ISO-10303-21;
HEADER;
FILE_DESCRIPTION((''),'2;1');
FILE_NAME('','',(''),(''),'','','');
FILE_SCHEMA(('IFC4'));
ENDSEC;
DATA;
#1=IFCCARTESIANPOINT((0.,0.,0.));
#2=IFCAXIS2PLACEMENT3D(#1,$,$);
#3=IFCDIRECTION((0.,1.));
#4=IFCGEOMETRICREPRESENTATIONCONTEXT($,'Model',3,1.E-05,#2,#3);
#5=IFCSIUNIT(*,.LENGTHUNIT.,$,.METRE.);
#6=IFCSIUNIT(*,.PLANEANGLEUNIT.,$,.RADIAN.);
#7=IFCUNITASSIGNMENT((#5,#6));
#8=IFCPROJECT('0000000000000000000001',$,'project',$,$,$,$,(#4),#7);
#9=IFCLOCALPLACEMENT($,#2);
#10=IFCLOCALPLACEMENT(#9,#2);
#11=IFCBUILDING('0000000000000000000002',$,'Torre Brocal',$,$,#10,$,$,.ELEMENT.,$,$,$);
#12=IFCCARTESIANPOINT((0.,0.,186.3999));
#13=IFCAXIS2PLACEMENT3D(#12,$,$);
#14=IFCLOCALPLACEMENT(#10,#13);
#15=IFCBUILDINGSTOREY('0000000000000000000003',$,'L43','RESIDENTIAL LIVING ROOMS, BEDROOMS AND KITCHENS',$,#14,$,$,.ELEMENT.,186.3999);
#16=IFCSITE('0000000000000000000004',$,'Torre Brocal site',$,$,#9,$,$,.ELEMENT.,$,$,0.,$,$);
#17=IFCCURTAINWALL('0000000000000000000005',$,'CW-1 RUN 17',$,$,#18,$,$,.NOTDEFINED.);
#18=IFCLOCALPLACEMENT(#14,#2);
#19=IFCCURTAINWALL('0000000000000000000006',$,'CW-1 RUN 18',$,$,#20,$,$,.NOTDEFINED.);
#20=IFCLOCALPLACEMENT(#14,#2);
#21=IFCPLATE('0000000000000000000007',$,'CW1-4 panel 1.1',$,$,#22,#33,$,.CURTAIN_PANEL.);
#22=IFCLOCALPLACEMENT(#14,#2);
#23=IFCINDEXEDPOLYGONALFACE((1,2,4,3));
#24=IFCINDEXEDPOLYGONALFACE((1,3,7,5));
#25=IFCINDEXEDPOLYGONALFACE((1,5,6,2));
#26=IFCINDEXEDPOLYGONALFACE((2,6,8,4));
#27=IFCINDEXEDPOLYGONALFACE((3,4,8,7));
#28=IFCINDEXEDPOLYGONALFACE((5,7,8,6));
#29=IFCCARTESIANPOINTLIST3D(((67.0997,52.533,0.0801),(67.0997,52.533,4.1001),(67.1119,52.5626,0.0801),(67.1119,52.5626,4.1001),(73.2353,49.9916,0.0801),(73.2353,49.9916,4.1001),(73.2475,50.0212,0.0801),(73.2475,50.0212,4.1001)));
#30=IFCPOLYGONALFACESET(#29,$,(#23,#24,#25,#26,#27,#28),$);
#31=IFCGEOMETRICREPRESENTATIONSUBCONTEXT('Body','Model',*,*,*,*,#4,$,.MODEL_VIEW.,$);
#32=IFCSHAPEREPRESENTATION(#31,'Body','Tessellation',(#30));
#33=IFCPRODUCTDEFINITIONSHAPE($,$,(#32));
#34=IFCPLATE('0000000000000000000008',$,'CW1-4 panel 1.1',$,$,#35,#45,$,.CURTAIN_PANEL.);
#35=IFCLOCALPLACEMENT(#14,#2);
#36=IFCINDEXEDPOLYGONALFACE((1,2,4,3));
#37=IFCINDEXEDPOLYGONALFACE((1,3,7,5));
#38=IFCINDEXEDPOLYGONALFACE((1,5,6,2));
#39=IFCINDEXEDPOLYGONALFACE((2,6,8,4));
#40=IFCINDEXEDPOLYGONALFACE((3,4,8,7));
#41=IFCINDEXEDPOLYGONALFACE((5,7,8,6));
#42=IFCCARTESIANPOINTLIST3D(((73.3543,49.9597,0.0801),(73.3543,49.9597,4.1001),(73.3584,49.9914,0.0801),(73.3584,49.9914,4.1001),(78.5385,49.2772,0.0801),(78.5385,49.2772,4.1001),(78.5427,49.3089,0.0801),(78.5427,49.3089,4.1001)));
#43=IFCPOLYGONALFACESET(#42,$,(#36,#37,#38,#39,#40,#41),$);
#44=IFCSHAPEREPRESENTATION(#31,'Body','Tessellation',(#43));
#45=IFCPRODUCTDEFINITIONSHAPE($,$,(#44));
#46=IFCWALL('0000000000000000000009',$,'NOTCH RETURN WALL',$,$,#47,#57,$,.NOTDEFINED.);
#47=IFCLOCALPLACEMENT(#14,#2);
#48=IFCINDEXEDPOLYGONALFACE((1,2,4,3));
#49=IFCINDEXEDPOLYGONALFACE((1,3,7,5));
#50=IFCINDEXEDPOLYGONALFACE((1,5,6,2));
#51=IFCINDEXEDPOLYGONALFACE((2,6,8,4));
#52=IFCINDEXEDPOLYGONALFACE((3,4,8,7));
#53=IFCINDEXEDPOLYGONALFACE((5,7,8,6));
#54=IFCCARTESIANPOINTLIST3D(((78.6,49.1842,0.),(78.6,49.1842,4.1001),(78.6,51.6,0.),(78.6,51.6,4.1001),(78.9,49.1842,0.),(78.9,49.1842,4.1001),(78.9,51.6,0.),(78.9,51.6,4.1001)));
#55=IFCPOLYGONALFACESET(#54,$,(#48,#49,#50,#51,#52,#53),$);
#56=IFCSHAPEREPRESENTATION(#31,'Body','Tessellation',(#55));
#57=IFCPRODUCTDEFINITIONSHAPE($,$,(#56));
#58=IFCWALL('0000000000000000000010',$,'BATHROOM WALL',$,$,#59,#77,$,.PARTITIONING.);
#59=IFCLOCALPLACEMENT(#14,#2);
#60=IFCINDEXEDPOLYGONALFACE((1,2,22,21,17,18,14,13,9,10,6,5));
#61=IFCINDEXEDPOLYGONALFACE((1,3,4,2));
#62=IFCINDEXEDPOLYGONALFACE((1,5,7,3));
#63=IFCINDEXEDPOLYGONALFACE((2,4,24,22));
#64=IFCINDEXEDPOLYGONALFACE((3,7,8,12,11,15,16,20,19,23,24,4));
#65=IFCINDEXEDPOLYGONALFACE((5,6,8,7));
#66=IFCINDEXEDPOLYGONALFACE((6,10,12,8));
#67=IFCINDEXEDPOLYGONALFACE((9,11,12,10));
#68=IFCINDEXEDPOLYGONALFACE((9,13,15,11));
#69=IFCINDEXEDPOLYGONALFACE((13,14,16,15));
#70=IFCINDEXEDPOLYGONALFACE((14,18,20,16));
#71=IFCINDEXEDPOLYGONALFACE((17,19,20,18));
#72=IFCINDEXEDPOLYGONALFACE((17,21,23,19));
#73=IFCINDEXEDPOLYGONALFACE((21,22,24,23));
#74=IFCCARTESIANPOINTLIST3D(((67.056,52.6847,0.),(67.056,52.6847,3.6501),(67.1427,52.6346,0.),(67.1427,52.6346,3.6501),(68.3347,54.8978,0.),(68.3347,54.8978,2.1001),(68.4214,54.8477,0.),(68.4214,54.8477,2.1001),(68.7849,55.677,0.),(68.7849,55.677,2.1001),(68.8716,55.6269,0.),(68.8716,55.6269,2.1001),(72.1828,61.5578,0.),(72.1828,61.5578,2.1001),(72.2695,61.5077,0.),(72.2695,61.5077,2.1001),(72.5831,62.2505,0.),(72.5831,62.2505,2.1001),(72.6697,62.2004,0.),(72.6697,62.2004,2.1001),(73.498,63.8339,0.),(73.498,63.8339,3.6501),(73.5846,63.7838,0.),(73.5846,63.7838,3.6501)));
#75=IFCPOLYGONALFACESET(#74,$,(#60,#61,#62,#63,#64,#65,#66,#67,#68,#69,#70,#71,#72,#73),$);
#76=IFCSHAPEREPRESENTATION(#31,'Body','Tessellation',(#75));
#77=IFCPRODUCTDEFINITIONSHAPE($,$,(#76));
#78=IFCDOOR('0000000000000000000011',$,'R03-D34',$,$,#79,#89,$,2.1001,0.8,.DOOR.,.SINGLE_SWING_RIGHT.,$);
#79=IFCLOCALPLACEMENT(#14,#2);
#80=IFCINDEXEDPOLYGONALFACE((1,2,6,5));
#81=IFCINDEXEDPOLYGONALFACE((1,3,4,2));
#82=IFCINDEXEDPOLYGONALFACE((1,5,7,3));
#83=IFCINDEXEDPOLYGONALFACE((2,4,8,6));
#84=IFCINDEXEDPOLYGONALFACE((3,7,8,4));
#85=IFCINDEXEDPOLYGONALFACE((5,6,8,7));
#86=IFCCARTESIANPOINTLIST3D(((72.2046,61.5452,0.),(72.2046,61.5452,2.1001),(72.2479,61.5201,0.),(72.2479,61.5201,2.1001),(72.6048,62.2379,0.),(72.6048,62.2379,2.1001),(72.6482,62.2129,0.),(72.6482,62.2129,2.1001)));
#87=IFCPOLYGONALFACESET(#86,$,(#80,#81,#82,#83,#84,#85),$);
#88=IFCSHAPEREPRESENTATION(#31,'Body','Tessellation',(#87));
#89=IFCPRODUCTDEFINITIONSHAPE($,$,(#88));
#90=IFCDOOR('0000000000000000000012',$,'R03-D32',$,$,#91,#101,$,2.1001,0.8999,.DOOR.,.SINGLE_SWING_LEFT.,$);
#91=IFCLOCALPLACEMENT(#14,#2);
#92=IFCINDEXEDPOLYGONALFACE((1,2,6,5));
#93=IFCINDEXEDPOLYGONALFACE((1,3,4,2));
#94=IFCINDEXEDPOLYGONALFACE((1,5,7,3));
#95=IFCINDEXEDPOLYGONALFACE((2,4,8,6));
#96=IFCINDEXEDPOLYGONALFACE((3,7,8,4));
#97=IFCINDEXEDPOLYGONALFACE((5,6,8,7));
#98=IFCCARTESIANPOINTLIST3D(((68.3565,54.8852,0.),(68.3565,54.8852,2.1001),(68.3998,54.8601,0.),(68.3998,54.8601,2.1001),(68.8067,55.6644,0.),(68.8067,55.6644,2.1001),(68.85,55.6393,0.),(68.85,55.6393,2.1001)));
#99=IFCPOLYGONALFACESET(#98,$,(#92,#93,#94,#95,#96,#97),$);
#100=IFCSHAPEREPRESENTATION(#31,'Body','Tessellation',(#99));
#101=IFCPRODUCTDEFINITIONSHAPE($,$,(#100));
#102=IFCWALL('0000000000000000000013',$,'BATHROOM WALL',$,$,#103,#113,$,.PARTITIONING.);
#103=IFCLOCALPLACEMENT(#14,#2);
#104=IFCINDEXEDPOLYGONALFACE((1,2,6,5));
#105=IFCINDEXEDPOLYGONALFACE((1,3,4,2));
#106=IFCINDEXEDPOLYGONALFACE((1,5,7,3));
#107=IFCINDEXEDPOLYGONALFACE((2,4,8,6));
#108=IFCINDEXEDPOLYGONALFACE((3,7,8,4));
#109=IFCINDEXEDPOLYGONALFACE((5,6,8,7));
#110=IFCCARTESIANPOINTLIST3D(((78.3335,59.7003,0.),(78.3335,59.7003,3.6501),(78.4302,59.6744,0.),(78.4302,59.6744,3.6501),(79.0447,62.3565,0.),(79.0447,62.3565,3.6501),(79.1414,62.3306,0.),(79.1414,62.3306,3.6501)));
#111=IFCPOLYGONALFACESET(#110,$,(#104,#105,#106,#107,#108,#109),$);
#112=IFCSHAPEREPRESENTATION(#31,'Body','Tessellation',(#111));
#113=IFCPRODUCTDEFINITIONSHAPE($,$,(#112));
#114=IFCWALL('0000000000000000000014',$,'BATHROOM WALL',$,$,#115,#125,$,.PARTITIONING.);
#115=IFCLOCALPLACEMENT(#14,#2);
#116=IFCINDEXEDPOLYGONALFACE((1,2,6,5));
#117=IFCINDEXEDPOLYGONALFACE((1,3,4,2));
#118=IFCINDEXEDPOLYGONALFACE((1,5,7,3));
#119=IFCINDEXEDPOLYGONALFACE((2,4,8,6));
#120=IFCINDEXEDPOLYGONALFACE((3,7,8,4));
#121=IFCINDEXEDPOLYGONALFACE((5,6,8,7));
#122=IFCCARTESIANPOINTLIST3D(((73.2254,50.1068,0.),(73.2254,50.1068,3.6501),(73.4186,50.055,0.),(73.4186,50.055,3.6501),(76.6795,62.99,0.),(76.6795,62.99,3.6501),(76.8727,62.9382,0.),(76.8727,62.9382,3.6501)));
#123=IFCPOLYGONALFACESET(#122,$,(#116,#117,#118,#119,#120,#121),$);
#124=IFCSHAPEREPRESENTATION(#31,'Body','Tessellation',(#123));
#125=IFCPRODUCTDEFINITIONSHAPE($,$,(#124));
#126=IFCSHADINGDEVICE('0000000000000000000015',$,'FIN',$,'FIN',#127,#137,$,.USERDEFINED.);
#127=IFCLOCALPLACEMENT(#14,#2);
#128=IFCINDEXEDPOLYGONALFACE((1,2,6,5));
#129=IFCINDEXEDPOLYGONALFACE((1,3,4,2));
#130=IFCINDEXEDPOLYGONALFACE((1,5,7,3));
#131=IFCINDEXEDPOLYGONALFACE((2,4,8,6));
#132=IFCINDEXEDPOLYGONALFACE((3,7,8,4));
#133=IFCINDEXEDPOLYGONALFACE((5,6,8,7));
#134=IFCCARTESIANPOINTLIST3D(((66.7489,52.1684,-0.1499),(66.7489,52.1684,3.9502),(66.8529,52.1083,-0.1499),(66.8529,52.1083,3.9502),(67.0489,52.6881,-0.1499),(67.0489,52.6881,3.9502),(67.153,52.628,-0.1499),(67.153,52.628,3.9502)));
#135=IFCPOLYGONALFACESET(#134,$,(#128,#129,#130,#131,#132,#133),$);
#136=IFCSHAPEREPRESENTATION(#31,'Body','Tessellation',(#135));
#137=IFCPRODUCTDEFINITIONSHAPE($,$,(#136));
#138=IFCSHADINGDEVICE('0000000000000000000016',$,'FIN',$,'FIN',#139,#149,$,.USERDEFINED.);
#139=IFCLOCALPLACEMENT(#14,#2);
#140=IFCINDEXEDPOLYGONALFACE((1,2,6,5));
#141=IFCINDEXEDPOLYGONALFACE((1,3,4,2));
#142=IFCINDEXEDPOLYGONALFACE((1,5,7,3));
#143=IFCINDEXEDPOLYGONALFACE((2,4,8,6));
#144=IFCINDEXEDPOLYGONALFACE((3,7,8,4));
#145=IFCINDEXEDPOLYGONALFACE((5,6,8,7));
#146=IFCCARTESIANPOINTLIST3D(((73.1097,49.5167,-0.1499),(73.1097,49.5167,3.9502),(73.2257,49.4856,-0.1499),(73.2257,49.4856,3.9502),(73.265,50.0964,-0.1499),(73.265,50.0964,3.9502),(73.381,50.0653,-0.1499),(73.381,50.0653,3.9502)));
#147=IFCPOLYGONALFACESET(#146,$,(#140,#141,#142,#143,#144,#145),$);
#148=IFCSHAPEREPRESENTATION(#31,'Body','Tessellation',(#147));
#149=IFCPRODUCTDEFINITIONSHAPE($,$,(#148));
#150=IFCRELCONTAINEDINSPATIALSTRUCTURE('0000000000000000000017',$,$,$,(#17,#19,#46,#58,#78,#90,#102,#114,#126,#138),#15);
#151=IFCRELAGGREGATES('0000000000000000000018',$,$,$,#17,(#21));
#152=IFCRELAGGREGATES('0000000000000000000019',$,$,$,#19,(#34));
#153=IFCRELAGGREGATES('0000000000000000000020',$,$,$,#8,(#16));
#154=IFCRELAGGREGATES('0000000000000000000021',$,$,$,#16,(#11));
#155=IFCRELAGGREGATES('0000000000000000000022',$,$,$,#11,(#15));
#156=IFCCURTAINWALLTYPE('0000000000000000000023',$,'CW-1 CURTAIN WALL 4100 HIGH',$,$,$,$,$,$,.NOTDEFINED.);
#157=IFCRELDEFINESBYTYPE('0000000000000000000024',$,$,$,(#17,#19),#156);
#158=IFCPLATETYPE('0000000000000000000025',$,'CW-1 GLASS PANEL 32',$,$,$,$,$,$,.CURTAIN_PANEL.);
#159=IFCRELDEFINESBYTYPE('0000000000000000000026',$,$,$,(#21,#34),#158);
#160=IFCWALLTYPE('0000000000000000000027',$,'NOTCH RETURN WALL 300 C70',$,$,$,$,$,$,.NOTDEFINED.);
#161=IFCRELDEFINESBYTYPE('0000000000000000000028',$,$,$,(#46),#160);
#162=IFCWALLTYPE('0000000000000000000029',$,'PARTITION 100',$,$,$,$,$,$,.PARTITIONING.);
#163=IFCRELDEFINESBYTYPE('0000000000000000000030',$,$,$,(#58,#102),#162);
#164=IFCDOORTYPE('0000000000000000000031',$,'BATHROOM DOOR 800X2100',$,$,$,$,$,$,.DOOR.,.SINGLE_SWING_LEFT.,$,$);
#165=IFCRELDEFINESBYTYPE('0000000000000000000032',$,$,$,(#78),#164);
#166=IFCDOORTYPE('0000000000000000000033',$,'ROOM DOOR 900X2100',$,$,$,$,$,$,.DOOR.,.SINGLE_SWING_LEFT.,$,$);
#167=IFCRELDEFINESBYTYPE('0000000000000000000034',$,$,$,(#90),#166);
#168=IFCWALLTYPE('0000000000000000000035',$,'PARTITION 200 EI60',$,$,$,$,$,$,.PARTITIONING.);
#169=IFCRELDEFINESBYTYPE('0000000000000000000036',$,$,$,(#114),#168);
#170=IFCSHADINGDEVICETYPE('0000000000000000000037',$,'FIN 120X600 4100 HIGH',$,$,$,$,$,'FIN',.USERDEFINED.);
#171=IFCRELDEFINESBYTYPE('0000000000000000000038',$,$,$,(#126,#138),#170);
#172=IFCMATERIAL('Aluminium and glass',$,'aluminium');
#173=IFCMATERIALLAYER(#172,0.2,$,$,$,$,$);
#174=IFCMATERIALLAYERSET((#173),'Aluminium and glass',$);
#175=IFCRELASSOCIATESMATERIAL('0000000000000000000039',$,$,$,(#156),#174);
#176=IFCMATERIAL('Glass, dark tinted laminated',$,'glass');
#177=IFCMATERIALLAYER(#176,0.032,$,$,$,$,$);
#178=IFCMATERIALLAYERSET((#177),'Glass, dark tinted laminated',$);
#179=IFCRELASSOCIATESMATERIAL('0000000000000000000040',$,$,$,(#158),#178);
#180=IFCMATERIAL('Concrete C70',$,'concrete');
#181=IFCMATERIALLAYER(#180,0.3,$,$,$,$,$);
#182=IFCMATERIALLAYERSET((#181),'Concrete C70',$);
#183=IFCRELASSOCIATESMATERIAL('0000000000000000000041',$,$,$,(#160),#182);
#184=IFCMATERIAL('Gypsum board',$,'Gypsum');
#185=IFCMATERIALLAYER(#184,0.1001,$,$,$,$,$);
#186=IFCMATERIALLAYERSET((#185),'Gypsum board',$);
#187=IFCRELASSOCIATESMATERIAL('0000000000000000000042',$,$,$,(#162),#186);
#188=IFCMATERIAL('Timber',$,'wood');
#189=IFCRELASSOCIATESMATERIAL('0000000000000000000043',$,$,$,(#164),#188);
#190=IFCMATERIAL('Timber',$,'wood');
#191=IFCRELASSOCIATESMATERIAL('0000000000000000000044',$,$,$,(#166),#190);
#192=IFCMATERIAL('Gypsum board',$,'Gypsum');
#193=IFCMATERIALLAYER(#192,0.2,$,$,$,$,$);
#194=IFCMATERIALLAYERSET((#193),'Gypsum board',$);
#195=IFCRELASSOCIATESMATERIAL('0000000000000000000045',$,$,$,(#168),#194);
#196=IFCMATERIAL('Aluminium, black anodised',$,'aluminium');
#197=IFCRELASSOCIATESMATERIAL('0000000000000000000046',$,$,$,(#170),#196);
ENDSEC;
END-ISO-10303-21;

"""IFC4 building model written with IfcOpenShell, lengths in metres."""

from ifc_helpers import new_model, si_unit, direction, frame, frame_2d, origin, origin_2d, place, context, subcontext, project, spatial, rectangle, extrude, material, layer, layer_set, material_profile, profile_set, type_object, element, fill, aggregate, save


model = new_model("IFC4")

# Units and contexts
model_context = context("Model", 3, precision=1e-05, world=origin(), true_north=direction((0.0, 1.0)))
body_context = subcontext(model_context, "Body", "Model", "MODEL_VIEW")
ifc_project = project(units=[si_unit("LENGTHUNIT", "METRE"), si_unit("PLANEANGLEUNIT", "RADIAN")], contexts=[model_context])

# Site, building, storey
site_placement = place(None, origin())
site = spatial("IfcSite", under=ifc_project, at=site_placement, Name="Torre Brocal site", CompositionType="ELEMENT", RefElevation=0.0)
building_placement = place(site_placement, origin())
building = spatial("IfcBuilding", under=site, at=building_placement, Name="Torre Brocal", CompositionType="ELEMENT")
storey_placement = place(building_placement, frame((0.0, 0.0, 186.3999)))
storey = spatial("IfcBuildingStorey", under=building, at=storey_placement, Name="L43", Description="RESIDENTIAL LIVING ROOMS, BEDROOMS AND KITCHENS", CompositionType="ELEMENT", Elevation=186.3999)

# Shared definitions
ifc_material_1 = material(Name="Aluminium and glass", Category="aluminium")
ifc_layer_1 = layer(ifc_material_1, 0.2)
ifc_layer_set_1 = layer_set([ifc_layer_1], Name="Aluminium and glass")
curtain_wall_type = type_object("IfcCurtainWallType", Name="CW-1 CURTAIN WALL 4100 HIGH", PredefinedType="NOTDEFINED", material=ifc_layer_set_1)

# Curtain walls
curtain_wall_1_placement = place(storey_placement, origin())
curtain_wall_1 = element("IfcCurtainWall", 1, at=curtain_wall_1_placement, inside=storey, type_object=curtain_wall_type, Name="CW-1 RUN 17", PredefinedType="NOTDEFINED")
curtain_wall_2_placement = place(storey_placement, origin())
curtain_wall_2 = element("IfcCurtainWall", 2, at=curtain_wall_2_placement, inside=storey, type_object=curtain_wall_type, Name="CW-1 RUN 18", PredefinedType="NOTDEFINED")

# Plates
ifc_material_2 = material(Name="Glass, dark tinted laminated", Category="glass")
ifc_layer_2 = layer(ifc_material_2, 0.032)
ifc_layer_set_2 = layer_set([ifc_layer_2], Name="Glass, dark tinted laminated")
plate_type = type_object("IfcPlateType", Name="CW-1 GLASS PANEL 32", PredefinedType="CURTAIN_PANEL", material=ifc_layer_set_2)
plate_1_placement = place(storey_placement, frame((70.1736, 51.2771, 0.0801), z_axis=(0.0, 0.0, 1.0), x_axis=(0.92388, -0.382683, 0.0)))
plate_1 = element("IfcPlate", 3, at=plate_1_placement, type_object=plate_type, Name="CW1-4 panel 1.1", PredefinedType="CURTAIN_PANEL", context=body_context, shape_type="SweptSolid", body=[
    extrude(rectangle(XDim=6.6411, YDim=0.032, at=origin_2d()), origin(), (0.0, 0.0, 1.0), 4.02),
])
aggregate(curtain_wall_1, [plate_1])
plate_2_placement = place(storey_placement, frame((75.9485, 49.6343, 0.0801), z_axis=(0.0, 0.0, 1.0), x_axis=(0.991445, -0.130526, 0.0)))
plate_2 = element("IfcPlate", 4, at=plate_2_placement, type_object=plate_type, Name="CW1-4 panel 1.1", PredefinedType="CURTAIN_PANEL", context=body_context, shape_type="SweptSolid", body=[
    extrude(rectangle(XDim=5.229, YDim=0.032, at=origin_2d()), origin(), (0.0, 0.0, 1.0), 4.02),
])
aggregate(curtain_wall_2, [plate_2])

# Wall
ifc_material_3 = material(Name="Concrete C70", Category="concrete")
ifc_layer_3 = layer(ifc_material_3, 0.3)
ifc_layer_set_3 = layer_set([ifc_layer_3], Name="Concrete C70")
wall_type_1 = type_object("IfcWallType", Name="NOTCH RETURN WALL 300 C70", PredefinedType="NOTDEFINED", material=ifc_layer_set_3)
wall_1_placement = place(storey_placement, frame((78.75, 51.6001, 0.0), z_axis=(0.0, 0.0, 1.0), x_axis=(0.0, -1.0, 0.0)))
element("IfcWall", 5, at=wall_1_placement, inside=storey, type_object=wall_type_1, Name="NOTCH RETURN WALL", PredefinedType="NOTDEFINED", context=body_context, shape_type="SweptSolid", body=[
    extrude(rectangle(XDim=2.4158, YDim=0.3, at=frame_2d((1.208, 0.0))), origin(), (0.0, 0.0, 1.0), 4.1001),
])

# Wall, openings, doors
ifc_material_4 = material(Name="Gypsum board", Category="Gypsum")
ifc_layer_4 = layer(ifc_material_4, 0.1001)
ifc_layer_set_4 = layer_set([ifc_layer_4], Name="Gypsum board")
wall_type_2 = type_object("IfcWallType", Name="PARTITION 100", PredefinedType="PARTITIONING", material=ifc_layer_set_4)
wall_2_placement = place(storey_placement, frame((67.0994, 52.6597, 0.0), z_axis=(0.0, 0.0, 1.0), x_axis=(0.500286, 0.86586, 0.0)))
wall_2 = element("IfcWall", 6, at=wall_2_placement, inside=storey, type_object=wall_type_2, Name="BATHROOM WALL", PredefinedType="PARTITIONING", context=body_context, shape_type="SweptSolid", body=[
    extrude(rectangle(XDim=12.8765, YDim=0.1001, at=frame_2d((6.4382, 0.0))), origin(), (0.0, 0.0, 1.0), 3.6501),
])
opening_1_placement = place(wall_2_placement, frame((2.5559, 0.0, 0.0)))
opening_1 = element("IfcOpeningElement", 7, at=opening_1_placement, cuts=wall_2, PredefinedType="OPENING", context=body_context, shape_type="SweptSolid", body=[
    extrude(rectangle(XDim=0.8999, YDim=2.1001, at=frame_2d((0.45, 1.05))), frame((0.0, 0.0601, 0.0), z_axis=(0.0, -1.0, 0.0), x_axis=(1.0, 0.0, 0.0)), (0.0, 0.0, 1.0), 0.1201),
])
opening_2_placement = place(wall_2_placement, frame((10.2478, 0.0, 0.0)))
opening_2 = element("IfcOpeningElement", 8, at=opening_2_placement, cuts=wall_2, PredefinedType="OPENING", context=body_context, shape_type="SweptSolid", body=[
    extrude(rectangle(XDim=0.8, YDim=2.1001, at=frame_2d((0.3999, 1.05))), frame((0.0, 0.0601, 0.0), z_axis=(0.0, -1.0, 0.0), x_axis=(1.0, 0.0, 0.0)), (0.0, 0.0, 1.0), 0.1201),
])
ifc_material_5 = material(Name="Timber", Category="wood")
door_type_1 = type_object("IfcDoorType", Name="BATHROOM DOOR 800X2100", OperationType="SINGLE_SWING_LEFT", PredefinedType="DOOR", material=ifc_material_5)
door_1_placement = place(opening_2_placement, origin())
door_1 = element("IfcDoor", 9, at=door_1_placement, inside=storey, type_object=door_type_1, Name="R03-D34", OperationType="SINGLE_SWING_RIGHT", OverallHeight=2.1001, OverallWidth=0.8, PredefinedType="DOOR", context=body_context, shape_type="SweptSolid", body=[
    extrude(rectangle(XDim=0.8, YDim=2.1001, at=frame_2d((0.3999, 1.05))), frame((0.0, 0.0249, 0.0), z_axis=(0.0, -1.0, 0.0), x_axis=(1.0, 0.0, 0.0)), (0.0, 0.0, 1.0), 0.05),
])
fill(opening_2, door_1)
ifc_material_6 = material(Name="Timber", Category="wood")
door_type_2 = type_object("IfcDoorType", Name="ROOM DOOR 900X2100", OperationType="SINGLE_SWING_LEFT", PredefinedType="DOOR", material=ifc_material_6)
door_2_placement = place(opening_1_placement, origin())
door_2 = element("IfcDoor", 10, at=door_2_placement, inside=storey, type_object=door_type_2, Name="R03-D32", OperationType="SINGLE_SWING_LEFT", OverallHeight=2.1001, OverallWidth=0.8999, PredefinedType="DOOR", context=body_context, shape_type="SweptSolid", body=[
    extrude(rectangle(XDim=0.8999, YDim=2.1001, at=frame_2d((0.45, 1.05))), frame((0.0, 0.0249, 0.0), z_axis=(0.0, -1.0, 0.0), x_axis=(1.0, 0.0, 0.0)), (0.0, 0.0, 1.0), 0.05),
])
fill(opening_1, door_2)

# Walls
wall_3_placement = place(storey_placement, frame((78.3818, 59.6873, 0.0), z_axis=(0.0, 0.0, 1.0), x_axis=(0.25863, 0.965977, 0.0)))
element("IfcWall", 11, at=wall_3_placement, inside=storey, type_object=wall_type_2, Name="BATHROOM WALL", PredefinedType="PARTITIONING", context=body_context, shape_type="SweptSolid", body=[
    extrude(rectangle(XDim=2.7498, YDim=0.1001, at=frame_2d((1.375, 0.0))), origin(), (0.0, 0.0, 1.0), 3.6501),
])
ifc_material_7 = material(Name="Gypsum board", Category="Gypsum")
ifc_layer_5 = layer(ifc_material_7, 0.2)
ifc_layer_set_5 = layer_set([ifc_layer_5], Name="Gypsum board")
wall_type_3 = type_object("IfcWallType", Name="PARTITION 200 EI60", PredefinedType="PARTITIONING", material=ifc_layer_set_5)
wall_4_placement = place(storey_placement, frame((73.322, 50.0811, 0.0), z_axis=(0.0, 0.0, 1.0), x_axis=(0.258966, 0.965887, 0.0)))
element("IfcWall", 12, at=wall_4_placement, inside=storey, type_object=wall_type_3, Name="BATHROOM WALL", PredefinedType="PARTITIONING", context=body_context, shape_type="SweptSolid", body=[
    extrude(rectangle(XDim=13.3381, YDim=0.2, at=frame_2d((6.6689, 0.0))), origin(), (0.0, 0.0, 1.0), 3.6501),
])

# Shading devices
ifc_material_8 = material(Name="Aluminium, black anodised", Category="aluminium")
ifc_material_profile_1 = material_profile(ifc_material_8, rectangle(XDim=0.1201, YDim=0.6001, at=origin_2d()), Name="FIN 120X600 4100 HIGH")
ifc_profile_set_1 = profile_set([ifc_material_profile_1], Name="Aluminium, black anodised")
shading_device_type = type_object("IfcShadingDeviceType", Name="FIN 120X600 4100 HIGH", ElementType="FIN", PredefinedType="USERDEFINED", material=ifc_profile_set_1)
for number, where, z_axis, x_axis, name in (
    (13, (66.9509, 52.3982, -0.1499), (0.0, 0.0, 1.0), (0.866025, -0.5, 0.0), "FIN"),
    (14, (73.2454, 49.791, -0.1499), (0.0, 0.0, 1.0), (0.965926, -0.258819, 0.0), "FIN"),
):
    element("IfcShadingDevice", number, at=place(storey_placement, frame(where, z_axis=z_axis, x_axis=x_axis)), inside=storey, type_object=shading_device_type, Name=name, ObjectType="FIN", PredefinedType="USERDEFINED", context=body_context, shape_type="SweptSolid", body=[
        extrude(rectangle(XDim=0.1201, YDim=0.6001, at=origin_2d()), origin(), (0.0, 0.0, 1.0), 4.1001),
    ])

save(model, "model.ifc")
